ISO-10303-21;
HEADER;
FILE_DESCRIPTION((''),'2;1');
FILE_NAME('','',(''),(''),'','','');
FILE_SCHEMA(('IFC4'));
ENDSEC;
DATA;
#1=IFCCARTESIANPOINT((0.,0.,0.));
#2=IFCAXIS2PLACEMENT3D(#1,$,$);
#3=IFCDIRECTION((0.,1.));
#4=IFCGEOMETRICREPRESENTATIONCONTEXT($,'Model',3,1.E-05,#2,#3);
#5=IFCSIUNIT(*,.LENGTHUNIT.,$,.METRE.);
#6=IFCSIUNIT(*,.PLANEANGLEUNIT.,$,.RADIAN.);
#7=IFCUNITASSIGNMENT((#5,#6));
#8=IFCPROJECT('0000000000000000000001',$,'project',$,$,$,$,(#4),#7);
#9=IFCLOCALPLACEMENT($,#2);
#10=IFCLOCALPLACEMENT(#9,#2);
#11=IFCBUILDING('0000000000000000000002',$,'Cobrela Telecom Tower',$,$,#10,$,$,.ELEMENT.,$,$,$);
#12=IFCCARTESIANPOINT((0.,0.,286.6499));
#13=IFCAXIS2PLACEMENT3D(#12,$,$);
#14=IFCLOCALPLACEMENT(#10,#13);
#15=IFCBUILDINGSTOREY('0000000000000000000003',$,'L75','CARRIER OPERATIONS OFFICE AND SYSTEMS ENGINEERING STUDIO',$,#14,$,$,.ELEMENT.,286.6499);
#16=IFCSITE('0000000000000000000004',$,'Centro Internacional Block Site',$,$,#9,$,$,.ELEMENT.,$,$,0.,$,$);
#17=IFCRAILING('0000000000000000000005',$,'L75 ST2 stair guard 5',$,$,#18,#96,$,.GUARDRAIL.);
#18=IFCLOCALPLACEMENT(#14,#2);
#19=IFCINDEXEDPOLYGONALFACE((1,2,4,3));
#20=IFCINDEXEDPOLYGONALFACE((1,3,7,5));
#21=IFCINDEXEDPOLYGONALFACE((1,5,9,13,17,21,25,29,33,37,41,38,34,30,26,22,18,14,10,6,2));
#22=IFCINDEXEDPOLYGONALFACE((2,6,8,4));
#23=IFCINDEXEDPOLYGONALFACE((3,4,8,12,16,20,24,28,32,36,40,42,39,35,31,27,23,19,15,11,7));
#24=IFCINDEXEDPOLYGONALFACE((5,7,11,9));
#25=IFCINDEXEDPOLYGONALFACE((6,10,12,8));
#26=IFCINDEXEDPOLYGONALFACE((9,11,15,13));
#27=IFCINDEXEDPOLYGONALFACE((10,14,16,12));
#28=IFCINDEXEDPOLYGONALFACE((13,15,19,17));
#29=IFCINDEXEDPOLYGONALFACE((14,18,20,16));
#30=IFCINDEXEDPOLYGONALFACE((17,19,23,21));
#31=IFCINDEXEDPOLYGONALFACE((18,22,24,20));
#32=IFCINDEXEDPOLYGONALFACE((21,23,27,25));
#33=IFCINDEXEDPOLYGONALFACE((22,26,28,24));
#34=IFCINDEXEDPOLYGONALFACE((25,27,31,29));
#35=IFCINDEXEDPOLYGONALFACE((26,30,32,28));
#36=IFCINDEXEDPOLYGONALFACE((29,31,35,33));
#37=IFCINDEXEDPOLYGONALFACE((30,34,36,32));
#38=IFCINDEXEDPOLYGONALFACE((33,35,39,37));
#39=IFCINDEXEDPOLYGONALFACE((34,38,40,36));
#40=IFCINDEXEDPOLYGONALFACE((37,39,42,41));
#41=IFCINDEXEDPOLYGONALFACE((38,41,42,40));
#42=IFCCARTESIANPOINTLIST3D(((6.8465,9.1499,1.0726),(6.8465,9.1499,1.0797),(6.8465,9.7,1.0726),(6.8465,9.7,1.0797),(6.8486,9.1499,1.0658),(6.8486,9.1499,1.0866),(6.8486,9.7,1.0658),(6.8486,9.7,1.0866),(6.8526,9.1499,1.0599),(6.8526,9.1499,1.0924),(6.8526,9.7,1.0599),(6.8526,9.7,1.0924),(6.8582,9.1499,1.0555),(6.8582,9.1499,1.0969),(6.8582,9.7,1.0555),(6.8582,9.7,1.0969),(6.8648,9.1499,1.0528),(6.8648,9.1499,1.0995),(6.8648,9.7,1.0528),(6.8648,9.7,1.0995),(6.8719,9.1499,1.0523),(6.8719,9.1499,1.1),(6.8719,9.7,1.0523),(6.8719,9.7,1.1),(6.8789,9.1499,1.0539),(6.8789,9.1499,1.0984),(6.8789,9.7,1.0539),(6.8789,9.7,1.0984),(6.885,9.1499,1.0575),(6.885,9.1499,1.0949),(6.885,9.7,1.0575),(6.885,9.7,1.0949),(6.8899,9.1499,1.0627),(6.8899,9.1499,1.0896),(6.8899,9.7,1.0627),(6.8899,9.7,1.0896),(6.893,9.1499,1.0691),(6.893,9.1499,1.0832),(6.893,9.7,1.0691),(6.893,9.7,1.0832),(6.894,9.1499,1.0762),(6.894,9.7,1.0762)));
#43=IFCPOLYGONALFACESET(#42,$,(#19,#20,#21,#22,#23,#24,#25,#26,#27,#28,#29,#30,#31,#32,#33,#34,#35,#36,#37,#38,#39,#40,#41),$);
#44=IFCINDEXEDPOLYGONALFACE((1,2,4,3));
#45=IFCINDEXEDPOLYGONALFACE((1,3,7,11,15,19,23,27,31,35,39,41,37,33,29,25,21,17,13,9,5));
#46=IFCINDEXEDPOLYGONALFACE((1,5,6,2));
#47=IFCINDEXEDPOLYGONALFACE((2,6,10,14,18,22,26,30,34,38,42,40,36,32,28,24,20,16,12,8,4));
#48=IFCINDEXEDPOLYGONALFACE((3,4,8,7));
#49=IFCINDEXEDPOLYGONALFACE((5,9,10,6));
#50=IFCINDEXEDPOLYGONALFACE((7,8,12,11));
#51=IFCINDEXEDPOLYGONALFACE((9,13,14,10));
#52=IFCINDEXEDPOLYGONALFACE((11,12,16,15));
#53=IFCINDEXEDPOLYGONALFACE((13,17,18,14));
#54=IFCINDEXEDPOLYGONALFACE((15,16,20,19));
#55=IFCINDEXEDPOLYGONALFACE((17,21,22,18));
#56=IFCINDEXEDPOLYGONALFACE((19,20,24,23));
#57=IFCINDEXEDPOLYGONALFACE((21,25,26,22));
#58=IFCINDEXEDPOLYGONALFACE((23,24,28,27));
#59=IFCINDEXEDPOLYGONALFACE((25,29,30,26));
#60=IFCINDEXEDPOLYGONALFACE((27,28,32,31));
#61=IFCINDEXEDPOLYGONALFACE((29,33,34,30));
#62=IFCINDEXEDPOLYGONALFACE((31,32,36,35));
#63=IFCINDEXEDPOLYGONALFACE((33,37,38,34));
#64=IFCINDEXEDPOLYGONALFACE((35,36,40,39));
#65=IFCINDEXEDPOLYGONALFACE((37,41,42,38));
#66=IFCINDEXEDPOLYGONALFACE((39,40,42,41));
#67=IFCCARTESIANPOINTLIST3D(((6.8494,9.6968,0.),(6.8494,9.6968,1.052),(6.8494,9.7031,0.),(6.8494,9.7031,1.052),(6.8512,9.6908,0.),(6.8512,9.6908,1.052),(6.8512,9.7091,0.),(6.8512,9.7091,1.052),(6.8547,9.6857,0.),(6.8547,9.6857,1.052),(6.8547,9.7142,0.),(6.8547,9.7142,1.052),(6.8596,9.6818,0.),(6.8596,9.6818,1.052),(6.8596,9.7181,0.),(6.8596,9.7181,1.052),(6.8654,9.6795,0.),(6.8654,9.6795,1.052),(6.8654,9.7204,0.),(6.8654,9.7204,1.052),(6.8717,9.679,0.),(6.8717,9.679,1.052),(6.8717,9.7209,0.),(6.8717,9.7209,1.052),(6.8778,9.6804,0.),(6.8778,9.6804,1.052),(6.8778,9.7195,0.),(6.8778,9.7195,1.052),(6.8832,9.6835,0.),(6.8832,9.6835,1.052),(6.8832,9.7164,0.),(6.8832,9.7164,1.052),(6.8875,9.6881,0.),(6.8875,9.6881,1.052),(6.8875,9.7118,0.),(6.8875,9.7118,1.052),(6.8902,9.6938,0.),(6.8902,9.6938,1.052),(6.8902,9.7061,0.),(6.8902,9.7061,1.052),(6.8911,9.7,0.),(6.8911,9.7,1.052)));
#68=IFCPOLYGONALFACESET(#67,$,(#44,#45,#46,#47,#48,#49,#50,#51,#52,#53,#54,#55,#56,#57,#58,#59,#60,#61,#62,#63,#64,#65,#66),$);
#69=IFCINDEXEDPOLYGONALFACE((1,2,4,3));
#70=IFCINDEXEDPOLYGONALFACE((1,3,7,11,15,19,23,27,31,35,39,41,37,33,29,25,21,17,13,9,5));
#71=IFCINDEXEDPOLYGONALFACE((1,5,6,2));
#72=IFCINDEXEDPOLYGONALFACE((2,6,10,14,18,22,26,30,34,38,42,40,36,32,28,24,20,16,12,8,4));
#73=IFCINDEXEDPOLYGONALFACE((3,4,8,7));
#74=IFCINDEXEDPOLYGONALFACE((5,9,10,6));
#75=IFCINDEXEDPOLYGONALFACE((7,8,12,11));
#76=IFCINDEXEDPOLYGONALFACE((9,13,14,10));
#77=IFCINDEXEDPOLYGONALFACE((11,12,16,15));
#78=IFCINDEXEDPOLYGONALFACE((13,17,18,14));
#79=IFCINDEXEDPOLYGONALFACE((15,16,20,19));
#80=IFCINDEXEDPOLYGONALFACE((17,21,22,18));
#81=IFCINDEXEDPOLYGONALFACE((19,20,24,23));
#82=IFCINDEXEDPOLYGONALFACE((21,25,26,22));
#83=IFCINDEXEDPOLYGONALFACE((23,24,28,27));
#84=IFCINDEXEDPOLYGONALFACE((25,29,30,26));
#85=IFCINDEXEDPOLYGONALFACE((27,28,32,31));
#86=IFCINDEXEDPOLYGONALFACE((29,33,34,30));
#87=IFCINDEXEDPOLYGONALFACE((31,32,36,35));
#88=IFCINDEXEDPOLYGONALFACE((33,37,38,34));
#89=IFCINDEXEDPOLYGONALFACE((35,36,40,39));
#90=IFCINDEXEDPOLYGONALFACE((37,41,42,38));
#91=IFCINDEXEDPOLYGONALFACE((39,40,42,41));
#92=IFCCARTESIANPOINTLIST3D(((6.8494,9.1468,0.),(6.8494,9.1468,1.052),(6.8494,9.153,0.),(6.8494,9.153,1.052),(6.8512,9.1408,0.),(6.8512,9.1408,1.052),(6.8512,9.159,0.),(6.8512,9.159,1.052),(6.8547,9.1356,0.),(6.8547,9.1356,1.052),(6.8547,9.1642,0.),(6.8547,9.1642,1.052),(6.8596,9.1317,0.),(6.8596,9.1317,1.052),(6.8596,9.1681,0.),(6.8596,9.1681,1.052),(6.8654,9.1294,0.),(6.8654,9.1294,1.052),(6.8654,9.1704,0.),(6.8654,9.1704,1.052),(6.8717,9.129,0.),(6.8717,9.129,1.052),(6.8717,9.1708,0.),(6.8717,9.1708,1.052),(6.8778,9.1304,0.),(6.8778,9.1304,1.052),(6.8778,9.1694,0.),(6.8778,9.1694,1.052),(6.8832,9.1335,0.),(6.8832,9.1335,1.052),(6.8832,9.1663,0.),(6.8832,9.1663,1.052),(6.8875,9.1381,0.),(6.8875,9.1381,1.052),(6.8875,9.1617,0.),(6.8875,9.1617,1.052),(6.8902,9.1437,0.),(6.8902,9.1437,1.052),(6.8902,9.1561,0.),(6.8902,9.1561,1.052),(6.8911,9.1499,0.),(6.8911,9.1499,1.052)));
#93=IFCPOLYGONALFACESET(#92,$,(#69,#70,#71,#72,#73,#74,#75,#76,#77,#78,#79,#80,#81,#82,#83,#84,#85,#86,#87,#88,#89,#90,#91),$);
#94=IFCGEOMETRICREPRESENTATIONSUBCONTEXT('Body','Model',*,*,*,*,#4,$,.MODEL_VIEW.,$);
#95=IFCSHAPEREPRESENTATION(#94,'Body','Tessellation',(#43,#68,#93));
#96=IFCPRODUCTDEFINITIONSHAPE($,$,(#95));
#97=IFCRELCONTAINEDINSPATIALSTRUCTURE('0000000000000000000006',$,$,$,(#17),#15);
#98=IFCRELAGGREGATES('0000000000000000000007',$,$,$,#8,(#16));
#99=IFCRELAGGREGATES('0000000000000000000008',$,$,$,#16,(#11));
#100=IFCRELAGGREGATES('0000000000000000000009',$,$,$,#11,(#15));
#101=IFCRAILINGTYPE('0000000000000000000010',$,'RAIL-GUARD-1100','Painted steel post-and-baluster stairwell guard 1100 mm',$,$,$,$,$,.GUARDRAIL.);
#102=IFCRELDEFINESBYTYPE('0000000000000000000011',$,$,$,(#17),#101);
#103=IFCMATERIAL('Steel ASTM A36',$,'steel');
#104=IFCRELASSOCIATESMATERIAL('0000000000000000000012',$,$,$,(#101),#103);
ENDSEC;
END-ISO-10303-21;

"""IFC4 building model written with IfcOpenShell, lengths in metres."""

from ifc_helpers import new_model, si_unit, direction, frame, origin, origin_2d, place, context, subcontext, project, spatial, circle, extrude, material, type_object, element, save


model = new_model("IFC4")

# Units and contexts
model_context = context("Model", 3, precision=1e-05, world=origin(), true_north=direction((0.0, 1.0)))
body_context = subcontext(model_context, "Body", "Model", "MODEL_VIEW")
ifc_project = project(units=[si_unit("LENGTHUNIT", "METRE"), si_unit("PLANEANGLEUNIT", "RADIAN")], contexts=[model_context])

# Site, building, storey
site_placement = place(None, origin())
site = spatial("IfcSite", under=ifc_project, at=site_placement, Name="Centro Internacional Block Site", CompositionType="ELEMENT", RefElevation=0.0)
building_placement = place(site_placement, origin())
building = spatial("IfcBuilding", under=site, at=building_placement, Name="Cobrela Telecom Tower", CompositionType="ELEMENT")
storey_placement = place(building_placement, frame((0.0, 0.0, 286.6499)))
storey = spatial("IfcBuildingStorey", under=building, at=storey_placement, Name="L75", Description="CARRIER OPERATIONS OFFICE AND SYSTEMS ENGINEERING STUDIO", CompositionType="ELEMENT", Elevation=286.6499)

# Railing
ifc_material_1 = material(Name="Steel ASTM A36", Category="steel")
railing_type_1 = type_object("IfcRailingType", Name="RAIL-GUARD-1100", Description="Painted steel post-and-baluster stairwell guard 1100 mm", PredefinedType="GUARDRAIL", material=ifc_material_1)
railing_1_placement = place(storey_placement, frame((6.8701, 9.7, 0.0)))
element("IfcRailing", 1, at=railing_1_placement, inside=storey, type_object=railing_type_1, Name="L75 ST2 stair guard 5", PredefinedType="GUARDRAIL", context=body_context, shape_type="SweptSolid", body=[
    extrude(circle(Radius=0.0239, at=origin_2d()), frame((0.0, 0.0, 1.0762), z_axis=(0.0, -1.0, 0.0), x_axis=(1.0, 0.0, 0.0)), (0.0, 0.0, 1.0), 0.55),
    extrude(circle(Radius=0.021, at=origin_2d()), origin(), (0.0, 0.0, 1.0), 1.052),
    extrude(circle(Radius=0.021, at=origin_2d()), frame((0.0, -0.55, 0.0)), (0.0, 0.0, 1.0), 1.052),
])

save(model, "model.ifc")
